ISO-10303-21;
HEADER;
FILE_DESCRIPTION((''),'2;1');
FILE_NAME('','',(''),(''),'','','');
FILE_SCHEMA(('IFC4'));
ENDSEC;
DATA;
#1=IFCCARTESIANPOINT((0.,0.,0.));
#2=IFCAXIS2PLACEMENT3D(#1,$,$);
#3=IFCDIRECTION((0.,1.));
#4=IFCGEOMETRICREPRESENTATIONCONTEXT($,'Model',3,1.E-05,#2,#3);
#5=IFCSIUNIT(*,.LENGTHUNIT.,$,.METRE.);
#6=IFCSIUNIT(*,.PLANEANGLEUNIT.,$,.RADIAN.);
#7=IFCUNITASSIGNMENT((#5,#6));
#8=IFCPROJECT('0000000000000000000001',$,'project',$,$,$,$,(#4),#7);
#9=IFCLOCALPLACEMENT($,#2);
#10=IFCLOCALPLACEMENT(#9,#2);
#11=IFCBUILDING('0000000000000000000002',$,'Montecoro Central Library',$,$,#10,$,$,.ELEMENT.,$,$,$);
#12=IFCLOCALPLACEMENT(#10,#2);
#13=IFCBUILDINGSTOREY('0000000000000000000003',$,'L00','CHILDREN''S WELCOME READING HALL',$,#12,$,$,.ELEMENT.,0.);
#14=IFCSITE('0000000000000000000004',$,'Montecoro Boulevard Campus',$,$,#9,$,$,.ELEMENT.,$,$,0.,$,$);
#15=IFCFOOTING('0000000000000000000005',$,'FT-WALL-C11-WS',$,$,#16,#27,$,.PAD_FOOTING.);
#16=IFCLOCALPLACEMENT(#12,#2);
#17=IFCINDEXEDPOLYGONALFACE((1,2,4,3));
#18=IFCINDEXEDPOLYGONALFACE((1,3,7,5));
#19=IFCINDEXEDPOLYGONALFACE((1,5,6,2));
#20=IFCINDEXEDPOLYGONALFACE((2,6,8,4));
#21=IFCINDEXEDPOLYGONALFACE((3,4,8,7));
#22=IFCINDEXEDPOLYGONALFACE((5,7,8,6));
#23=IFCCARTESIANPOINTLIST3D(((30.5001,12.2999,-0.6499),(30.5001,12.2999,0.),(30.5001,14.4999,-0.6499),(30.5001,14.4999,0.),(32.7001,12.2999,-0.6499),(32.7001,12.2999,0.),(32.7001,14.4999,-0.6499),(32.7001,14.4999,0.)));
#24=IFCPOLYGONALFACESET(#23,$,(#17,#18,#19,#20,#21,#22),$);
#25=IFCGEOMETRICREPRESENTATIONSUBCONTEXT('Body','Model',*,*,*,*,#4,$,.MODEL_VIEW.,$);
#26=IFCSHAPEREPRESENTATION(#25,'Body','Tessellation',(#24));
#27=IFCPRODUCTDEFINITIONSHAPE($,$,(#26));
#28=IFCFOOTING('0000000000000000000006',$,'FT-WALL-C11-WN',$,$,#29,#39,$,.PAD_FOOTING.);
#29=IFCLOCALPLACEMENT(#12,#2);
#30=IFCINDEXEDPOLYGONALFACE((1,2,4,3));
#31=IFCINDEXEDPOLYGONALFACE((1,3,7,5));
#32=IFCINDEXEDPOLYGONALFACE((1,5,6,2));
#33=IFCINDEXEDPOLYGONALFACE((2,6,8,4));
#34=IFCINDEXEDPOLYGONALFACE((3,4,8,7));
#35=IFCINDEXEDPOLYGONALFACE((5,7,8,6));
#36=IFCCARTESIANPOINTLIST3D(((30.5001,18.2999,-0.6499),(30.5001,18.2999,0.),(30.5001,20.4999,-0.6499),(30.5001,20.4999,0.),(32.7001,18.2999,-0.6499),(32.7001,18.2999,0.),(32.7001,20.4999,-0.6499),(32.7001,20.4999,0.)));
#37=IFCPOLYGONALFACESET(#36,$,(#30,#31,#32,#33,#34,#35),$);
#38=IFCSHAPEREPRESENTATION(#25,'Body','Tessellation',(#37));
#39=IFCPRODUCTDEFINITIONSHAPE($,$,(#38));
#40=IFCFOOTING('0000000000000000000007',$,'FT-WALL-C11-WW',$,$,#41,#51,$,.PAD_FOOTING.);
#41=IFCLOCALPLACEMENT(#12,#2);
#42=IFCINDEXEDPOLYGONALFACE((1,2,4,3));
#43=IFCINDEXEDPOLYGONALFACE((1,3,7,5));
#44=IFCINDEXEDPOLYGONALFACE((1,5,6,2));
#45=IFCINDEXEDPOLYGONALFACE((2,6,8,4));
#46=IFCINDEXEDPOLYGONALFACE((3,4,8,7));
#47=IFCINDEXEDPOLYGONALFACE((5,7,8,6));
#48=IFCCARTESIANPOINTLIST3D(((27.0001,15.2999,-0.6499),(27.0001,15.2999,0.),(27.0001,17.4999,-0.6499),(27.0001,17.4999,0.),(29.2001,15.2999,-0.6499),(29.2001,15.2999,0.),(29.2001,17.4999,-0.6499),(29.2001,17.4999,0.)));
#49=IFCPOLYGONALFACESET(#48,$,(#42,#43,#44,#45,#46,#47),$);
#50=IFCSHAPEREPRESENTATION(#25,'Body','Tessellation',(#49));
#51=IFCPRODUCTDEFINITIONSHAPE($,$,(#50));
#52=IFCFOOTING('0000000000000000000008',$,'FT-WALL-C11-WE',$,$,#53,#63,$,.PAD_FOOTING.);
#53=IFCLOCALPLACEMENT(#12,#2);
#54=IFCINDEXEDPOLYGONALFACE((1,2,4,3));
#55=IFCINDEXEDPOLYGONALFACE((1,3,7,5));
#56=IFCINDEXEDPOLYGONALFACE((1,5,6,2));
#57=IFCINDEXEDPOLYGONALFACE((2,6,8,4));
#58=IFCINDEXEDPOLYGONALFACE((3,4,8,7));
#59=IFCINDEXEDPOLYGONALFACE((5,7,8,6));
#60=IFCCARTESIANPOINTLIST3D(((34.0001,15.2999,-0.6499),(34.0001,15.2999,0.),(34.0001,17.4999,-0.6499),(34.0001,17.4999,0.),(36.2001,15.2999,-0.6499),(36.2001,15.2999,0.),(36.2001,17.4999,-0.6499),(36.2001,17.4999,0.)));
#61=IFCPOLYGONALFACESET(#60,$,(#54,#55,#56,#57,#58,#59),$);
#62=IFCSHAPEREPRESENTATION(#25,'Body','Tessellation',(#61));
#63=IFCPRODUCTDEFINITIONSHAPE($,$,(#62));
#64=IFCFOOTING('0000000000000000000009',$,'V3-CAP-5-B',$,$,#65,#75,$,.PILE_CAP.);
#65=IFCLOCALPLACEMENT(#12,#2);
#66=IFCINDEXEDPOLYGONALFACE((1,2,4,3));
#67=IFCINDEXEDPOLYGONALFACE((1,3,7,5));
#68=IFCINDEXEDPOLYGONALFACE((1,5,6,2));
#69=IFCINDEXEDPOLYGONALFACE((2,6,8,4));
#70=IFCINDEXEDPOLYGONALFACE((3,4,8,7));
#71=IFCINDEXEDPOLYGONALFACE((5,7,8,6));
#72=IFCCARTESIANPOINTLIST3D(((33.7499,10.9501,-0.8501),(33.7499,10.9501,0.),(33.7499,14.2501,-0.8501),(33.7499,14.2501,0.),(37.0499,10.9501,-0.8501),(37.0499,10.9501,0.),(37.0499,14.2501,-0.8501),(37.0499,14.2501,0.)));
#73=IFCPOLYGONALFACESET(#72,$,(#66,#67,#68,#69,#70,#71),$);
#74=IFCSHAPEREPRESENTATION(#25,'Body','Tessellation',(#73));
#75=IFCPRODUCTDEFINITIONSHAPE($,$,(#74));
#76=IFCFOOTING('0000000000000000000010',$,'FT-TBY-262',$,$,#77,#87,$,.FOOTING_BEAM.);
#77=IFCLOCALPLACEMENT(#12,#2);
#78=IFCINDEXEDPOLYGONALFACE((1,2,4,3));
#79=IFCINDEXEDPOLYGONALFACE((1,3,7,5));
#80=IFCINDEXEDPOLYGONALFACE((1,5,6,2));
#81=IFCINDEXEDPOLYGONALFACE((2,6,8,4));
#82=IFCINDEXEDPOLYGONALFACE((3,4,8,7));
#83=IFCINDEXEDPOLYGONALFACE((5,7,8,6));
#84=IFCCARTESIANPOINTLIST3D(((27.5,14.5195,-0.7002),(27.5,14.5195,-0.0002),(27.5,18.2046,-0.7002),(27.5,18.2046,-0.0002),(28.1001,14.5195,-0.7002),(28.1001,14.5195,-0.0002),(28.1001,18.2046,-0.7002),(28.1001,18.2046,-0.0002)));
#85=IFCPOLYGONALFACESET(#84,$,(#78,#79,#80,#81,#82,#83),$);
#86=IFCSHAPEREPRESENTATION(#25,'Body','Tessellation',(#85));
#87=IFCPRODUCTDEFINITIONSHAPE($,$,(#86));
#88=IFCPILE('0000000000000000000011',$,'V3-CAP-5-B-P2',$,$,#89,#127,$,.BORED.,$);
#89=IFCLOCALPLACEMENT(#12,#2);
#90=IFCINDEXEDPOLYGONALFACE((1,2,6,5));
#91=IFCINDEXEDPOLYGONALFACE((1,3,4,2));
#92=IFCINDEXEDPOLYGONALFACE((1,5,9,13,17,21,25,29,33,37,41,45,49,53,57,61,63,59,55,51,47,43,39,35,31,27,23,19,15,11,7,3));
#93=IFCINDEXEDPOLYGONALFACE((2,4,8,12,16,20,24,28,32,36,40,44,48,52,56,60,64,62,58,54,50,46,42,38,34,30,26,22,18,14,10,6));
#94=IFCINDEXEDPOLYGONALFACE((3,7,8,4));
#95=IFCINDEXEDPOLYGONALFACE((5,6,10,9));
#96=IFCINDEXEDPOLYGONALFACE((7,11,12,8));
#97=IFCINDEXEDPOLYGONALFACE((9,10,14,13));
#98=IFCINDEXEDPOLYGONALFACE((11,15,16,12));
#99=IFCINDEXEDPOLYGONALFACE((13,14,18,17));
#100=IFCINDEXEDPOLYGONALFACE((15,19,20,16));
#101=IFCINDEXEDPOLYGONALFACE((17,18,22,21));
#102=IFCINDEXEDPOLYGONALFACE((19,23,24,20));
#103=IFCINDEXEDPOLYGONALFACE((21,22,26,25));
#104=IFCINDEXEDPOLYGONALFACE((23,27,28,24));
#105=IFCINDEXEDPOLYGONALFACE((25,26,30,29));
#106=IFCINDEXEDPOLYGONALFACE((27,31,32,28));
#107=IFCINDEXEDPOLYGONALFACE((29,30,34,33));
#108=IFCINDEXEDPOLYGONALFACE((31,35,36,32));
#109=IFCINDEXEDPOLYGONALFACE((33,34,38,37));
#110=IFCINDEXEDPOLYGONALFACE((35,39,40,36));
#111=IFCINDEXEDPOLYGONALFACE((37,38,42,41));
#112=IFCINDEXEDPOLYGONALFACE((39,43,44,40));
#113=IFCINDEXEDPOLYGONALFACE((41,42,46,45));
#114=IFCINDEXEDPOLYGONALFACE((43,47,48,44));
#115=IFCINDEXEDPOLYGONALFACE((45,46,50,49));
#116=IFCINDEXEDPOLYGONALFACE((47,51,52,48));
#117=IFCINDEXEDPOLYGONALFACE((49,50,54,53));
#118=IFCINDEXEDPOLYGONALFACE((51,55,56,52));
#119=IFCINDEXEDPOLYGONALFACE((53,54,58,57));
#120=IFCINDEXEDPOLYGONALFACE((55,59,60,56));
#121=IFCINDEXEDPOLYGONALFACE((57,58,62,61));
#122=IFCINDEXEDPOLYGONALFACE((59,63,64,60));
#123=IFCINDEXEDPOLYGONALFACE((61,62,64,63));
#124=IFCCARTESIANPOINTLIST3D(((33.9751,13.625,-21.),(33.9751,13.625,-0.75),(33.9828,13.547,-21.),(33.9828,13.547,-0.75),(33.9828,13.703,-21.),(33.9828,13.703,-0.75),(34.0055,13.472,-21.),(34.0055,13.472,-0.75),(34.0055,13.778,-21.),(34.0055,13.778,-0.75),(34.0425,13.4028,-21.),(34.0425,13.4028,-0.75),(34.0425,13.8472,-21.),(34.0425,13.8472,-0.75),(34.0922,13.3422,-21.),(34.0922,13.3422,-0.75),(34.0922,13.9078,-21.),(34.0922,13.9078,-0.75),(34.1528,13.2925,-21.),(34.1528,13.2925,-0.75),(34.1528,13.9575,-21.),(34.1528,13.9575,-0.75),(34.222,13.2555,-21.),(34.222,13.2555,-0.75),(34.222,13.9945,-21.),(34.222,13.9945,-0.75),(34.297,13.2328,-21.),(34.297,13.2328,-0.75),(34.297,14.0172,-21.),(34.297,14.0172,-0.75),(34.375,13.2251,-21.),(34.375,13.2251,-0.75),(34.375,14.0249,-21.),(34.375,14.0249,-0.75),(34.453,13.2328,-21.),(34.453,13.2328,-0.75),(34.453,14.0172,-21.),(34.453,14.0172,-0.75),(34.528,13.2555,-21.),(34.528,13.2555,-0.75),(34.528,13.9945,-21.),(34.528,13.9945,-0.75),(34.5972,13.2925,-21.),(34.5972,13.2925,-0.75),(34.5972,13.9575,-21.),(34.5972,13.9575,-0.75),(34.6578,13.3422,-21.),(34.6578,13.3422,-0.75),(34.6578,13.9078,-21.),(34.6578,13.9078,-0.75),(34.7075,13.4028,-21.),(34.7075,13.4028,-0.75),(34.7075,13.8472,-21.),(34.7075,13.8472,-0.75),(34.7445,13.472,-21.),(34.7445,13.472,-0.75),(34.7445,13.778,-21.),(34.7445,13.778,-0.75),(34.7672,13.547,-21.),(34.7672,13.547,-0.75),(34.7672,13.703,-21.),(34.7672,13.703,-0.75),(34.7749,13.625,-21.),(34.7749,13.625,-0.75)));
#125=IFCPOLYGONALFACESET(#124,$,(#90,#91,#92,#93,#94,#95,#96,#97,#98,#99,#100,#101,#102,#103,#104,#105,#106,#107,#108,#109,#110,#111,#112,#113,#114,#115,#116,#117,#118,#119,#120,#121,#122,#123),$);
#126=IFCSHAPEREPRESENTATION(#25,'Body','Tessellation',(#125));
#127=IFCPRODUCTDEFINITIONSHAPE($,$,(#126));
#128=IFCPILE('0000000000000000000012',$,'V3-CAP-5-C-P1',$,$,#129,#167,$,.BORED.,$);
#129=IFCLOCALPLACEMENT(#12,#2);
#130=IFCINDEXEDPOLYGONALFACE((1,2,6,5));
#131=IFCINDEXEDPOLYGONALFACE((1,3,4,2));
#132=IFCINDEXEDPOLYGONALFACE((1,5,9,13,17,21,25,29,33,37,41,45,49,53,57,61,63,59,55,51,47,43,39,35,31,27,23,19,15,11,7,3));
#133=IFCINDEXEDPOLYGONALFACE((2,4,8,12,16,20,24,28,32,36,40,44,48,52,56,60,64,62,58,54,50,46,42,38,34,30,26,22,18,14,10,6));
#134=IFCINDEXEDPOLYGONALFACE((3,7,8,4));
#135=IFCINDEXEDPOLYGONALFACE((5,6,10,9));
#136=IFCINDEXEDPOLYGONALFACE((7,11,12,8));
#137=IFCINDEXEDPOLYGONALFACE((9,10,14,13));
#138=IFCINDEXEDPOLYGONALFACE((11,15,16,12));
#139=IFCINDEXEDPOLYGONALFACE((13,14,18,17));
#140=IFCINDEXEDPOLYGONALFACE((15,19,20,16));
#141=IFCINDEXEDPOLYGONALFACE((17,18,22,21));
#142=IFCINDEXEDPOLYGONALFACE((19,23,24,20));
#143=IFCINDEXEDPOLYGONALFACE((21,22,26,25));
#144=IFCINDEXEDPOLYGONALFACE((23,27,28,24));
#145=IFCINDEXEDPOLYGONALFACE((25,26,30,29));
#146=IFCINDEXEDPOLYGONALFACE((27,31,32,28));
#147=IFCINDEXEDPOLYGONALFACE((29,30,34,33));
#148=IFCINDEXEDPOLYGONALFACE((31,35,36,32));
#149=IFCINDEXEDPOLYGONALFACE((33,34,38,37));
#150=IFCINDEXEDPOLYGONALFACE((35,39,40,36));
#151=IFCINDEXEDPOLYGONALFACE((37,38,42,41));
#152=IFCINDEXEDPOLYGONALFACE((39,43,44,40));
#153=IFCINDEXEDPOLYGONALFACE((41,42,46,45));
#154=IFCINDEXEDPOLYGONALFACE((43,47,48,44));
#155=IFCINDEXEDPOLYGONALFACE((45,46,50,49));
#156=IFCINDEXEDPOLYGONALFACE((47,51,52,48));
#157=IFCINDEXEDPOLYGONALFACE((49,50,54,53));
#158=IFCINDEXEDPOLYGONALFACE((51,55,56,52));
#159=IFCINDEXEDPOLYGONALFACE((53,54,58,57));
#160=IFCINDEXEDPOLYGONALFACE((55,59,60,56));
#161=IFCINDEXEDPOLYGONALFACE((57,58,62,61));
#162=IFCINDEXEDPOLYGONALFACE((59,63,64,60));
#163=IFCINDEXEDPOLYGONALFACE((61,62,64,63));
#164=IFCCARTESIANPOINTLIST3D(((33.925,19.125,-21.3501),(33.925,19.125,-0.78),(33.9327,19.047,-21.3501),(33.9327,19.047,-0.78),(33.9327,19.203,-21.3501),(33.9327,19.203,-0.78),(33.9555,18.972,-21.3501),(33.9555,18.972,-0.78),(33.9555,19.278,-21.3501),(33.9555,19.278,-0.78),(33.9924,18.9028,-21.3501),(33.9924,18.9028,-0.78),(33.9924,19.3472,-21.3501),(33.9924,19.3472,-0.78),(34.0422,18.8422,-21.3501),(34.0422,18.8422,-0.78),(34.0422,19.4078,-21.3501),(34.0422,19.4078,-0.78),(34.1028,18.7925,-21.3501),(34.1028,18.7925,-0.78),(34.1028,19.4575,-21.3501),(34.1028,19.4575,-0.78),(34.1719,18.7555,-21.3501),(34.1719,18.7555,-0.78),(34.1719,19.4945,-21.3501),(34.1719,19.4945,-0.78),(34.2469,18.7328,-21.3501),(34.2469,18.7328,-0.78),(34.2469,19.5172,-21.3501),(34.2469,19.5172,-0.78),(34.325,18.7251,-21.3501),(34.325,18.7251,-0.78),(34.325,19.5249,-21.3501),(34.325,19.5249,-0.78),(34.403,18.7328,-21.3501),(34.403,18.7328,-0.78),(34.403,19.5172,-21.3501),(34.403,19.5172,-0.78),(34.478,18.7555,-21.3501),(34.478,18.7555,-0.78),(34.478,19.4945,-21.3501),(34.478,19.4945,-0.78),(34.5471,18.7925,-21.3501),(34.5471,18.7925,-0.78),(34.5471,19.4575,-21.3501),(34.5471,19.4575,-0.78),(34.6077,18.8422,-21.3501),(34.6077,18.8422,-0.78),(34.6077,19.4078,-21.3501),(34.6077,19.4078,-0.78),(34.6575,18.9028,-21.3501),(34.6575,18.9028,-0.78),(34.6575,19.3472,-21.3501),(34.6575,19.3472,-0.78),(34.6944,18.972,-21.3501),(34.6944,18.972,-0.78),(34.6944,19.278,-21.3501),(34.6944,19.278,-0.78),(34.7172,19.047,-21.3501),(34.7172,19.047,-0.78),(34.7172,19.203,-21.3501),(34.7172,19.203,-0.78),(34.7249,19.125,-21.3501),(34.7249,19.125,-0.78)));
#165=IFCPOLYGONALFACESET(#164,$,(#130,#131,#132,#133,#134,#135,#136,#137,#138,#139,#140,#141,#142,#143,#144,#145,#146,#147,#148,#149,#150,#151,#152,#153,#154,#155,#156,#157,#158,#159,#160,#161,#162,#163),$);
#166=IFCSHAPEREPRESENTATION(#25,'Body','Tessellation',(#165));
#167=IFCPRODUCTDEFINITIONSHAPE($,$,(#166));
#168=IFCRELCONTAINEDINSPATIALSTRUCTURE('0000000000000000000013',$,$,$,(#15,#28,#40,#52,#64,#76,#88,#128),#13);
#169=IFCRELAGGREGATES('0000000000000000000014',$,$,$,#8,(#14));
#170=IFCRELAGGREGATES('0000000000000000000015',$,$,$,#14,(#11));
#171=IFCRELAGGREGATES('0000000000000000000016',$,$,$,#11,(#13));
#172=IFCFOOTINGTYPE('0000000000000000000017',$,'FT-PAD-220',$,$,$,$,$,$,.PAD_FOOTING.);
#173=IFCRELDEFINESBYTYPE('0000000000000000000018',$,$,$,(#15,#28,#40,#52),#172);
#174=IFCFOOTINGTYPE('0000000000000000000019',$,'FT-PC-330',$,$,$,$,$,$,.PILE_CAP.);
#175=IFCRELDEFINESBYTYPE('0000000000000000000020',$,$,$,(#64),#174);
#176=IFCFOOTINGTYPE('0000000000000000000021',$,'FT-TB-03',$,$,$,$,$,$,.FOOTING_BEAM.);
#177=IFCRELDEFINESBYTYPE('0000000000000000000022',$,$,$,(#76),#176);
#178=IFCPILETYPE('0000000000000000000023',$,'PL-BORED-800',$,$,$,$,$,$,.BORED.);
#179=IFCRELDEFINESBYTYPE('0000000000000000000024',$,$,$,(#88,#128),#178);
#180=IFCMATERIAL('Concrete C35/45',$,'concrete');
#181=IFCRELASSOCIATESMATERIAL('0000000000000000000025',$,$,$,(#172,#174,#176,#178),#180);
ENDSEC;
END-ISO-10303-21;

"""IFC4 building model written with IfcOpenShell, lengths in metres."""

from ifc_helpers import new_model, si_unit, direction, frame, origin, origin_2d, place, context, subcontext, project, spatial, rectangle, circle, extrude, material, material_profile, profile_set, type_object, element, save


model = new_model("IFC4")

# Units and contexts
model_context = context("Model", 3, precision=1e-05, world=origin(), true_north=direction((0.0, 1.0)))
body_context = subcontext(model_context, "Body", "Model", "MODEL_VIEW")
ifc_project = project(units=[si_unit("LENGTHUNIT", "METRE"), si_unit("PLANEANGLEUNIT", "RADIAN")], contexts=[model_context])

# Site, building, storey
site_placement = place(None, origin())
site = spatial("IfcSite", under=ifc_project, at=site_placement, Name="Montecoro Boulevard Campus", CompositionType="ELEMENT", RefElevation=0.0)
building_placement = place(site_placement, origin())
building = spatial("IfcBuilding", under=site, at=building_placement, Name="Montecoro Central Library", CompositionType="ELEMENT")
storey_placement = place(building_placement, origin())
storey = spatial("IfcBuildingStorey", under=building, at=storey_placement, Name="L00", Description="CHILDREN'S WELCOME READING HALL", CompositionType="ELEMENT", Elevation=0.0)

# Footings
ifc_material_1 = material(Name="Concrete C35/45", Category="concrete")
footing_type_1 = type_object("IfcFootingType", Name="FT-PAD-220", PredefinedType="PAD_FOOTING", material=ifc_material_1)
for number, where, z_axis, x_axis, name in (
    (1, (31.6001, 13.3999, -0.6499), (0.0, 0.0, 1.0), (1.0, 0.0, 0.0), "FT-WALL-C11-WS"),
    (2, (31.6001, 19.3999, -0.6499), (0.0, 0.0, 1.0), (1.0, 0.0, 0.0), "FT-WALL-C11-WN"),
    (3, (28.1001, 16.3999, -0.6499), (0.0, 0.0, 1.0), (1.0, 0.0, 0.0), "FT-WALL-C11-WW"),
    (4, (35.1001, 16.3999, -0.6499), (0.0, 0.0, 1.0), (1.0, 0.0, 0.0), "FT-WALL-C11-WE"),
):
    element("IfcFooting", number, at=place(storey_placement, frame(where, z_axis=z_axis, x_axis=x_axis)), inside=storey, type_object=footing_type_1, Name=name, PredefinedType="PAD_FOOTING", context=body_context, shape_type="SweptSolid", body=[
        extrude(rectangle(XDim=2.2, YDim=2.2, at=origin_2d()), origin(), (0.0, 0.0, 1.0), 0.6499),
    ])
footing_type_2 = type_object("IfcFootingType", Name="FT-PC-330", PredefinedType="PILE_CAP", material=ifc_material_1)
footing_1_placement = place(storey_placement, frame((35.3999, 12.6001, -0.8501), z_axis=(0.0, 0.0, 1.0), x_axis=(1.0, 0.0, 0.0)))
element("IfcFooting", 5, at=footing_1_placement, inside=storey, type_object=footing_type_2, Name="V3-CAP-5-B", PredefinedType="PILE_CAP", context=body_context, shape_type="SweptSolid", body=[
    extrude(rectangle(XDim=3.3, YDim=3.3, at=origin_2d()), origin(), (0.0, 0.0, 1.0), 0.8501),
])
footing_type_3 = type_object("IfcFootingType", Name="FT-TB-03", PredefinedType="FOOTING_BEAM", material=ifc_material_1)
footing_2_placement = place(storey_placement, frame((27.8, 16.3621, -0.7002), z_axis=(0.0, 0.0, 1.0), x_axis=(1.0, 0.0, 0.0)))
element("IfcFooting", 6, at=footing_2_placement, inside=storey, type_object=footing_type_3, Name="FT-TBY-262", PredefinedType="FOOTING_BEAM", context=body_context, shape_type="SweptSolid", body=[
    extrude(rectangle(XDim=0.6001, YDim=3.6851, at=origin_2d()), origin(), (0.0, 0.0, 1.0), 0.7),
])

# Piles
ifc_material_profile_1 = material_profile(ifc_material_1, circle(Radius=0.3999, at=origin_2d()), Name="PILE D800")
ifc_profile_set_1 = profile_set([ifc_material_profile_1], Name="Concrete C35/45")
pile_type_1 = type_object("IfcPileType", Name="PL-BORED-800", PredefinedType="BORED", material=ifc_profile_set_1)
pile_1_placement = place(storey_placement, frame((34.375, 13.625, -0.75), z_axis=(0.0, 0.0, -1.0), x_axis=(1.0, 0.0, 0.0)))
element("IfcPile", 7, at=pile_1_placement, inside=storey, type_object=pile_type_1, Name="V3-CAP-5-B-P2", PredefinedType="BORED", context=body_context, shape_type="SweptSolid", body=[
    extrude(circle(Radius=0.3999, at=origin_2d()), origin(), (0.0, 0.0, 1.0), 20.25),
])
pile_2_placement = place(storey_placement, frame((34.325, 19.125, -0.78), z_axis=(0.0, 0.0, -1.0), x_axis=(1.0, 0.0, 0.0)))
element("IfcPile", 8, at=pile_2_placement, inside=storey, type_object=pile_type_1, Name="V3-CAP-5-C-P1", PredefinedType="BORED", context=body_context, shape_type="SweptSolid", body=[
    extrude(circle(Radius=0.3999, at=origin_2d()), origin(), (0.0, 0.0, 1.0), 20.5701),
])

save(model, "model.ifc")
